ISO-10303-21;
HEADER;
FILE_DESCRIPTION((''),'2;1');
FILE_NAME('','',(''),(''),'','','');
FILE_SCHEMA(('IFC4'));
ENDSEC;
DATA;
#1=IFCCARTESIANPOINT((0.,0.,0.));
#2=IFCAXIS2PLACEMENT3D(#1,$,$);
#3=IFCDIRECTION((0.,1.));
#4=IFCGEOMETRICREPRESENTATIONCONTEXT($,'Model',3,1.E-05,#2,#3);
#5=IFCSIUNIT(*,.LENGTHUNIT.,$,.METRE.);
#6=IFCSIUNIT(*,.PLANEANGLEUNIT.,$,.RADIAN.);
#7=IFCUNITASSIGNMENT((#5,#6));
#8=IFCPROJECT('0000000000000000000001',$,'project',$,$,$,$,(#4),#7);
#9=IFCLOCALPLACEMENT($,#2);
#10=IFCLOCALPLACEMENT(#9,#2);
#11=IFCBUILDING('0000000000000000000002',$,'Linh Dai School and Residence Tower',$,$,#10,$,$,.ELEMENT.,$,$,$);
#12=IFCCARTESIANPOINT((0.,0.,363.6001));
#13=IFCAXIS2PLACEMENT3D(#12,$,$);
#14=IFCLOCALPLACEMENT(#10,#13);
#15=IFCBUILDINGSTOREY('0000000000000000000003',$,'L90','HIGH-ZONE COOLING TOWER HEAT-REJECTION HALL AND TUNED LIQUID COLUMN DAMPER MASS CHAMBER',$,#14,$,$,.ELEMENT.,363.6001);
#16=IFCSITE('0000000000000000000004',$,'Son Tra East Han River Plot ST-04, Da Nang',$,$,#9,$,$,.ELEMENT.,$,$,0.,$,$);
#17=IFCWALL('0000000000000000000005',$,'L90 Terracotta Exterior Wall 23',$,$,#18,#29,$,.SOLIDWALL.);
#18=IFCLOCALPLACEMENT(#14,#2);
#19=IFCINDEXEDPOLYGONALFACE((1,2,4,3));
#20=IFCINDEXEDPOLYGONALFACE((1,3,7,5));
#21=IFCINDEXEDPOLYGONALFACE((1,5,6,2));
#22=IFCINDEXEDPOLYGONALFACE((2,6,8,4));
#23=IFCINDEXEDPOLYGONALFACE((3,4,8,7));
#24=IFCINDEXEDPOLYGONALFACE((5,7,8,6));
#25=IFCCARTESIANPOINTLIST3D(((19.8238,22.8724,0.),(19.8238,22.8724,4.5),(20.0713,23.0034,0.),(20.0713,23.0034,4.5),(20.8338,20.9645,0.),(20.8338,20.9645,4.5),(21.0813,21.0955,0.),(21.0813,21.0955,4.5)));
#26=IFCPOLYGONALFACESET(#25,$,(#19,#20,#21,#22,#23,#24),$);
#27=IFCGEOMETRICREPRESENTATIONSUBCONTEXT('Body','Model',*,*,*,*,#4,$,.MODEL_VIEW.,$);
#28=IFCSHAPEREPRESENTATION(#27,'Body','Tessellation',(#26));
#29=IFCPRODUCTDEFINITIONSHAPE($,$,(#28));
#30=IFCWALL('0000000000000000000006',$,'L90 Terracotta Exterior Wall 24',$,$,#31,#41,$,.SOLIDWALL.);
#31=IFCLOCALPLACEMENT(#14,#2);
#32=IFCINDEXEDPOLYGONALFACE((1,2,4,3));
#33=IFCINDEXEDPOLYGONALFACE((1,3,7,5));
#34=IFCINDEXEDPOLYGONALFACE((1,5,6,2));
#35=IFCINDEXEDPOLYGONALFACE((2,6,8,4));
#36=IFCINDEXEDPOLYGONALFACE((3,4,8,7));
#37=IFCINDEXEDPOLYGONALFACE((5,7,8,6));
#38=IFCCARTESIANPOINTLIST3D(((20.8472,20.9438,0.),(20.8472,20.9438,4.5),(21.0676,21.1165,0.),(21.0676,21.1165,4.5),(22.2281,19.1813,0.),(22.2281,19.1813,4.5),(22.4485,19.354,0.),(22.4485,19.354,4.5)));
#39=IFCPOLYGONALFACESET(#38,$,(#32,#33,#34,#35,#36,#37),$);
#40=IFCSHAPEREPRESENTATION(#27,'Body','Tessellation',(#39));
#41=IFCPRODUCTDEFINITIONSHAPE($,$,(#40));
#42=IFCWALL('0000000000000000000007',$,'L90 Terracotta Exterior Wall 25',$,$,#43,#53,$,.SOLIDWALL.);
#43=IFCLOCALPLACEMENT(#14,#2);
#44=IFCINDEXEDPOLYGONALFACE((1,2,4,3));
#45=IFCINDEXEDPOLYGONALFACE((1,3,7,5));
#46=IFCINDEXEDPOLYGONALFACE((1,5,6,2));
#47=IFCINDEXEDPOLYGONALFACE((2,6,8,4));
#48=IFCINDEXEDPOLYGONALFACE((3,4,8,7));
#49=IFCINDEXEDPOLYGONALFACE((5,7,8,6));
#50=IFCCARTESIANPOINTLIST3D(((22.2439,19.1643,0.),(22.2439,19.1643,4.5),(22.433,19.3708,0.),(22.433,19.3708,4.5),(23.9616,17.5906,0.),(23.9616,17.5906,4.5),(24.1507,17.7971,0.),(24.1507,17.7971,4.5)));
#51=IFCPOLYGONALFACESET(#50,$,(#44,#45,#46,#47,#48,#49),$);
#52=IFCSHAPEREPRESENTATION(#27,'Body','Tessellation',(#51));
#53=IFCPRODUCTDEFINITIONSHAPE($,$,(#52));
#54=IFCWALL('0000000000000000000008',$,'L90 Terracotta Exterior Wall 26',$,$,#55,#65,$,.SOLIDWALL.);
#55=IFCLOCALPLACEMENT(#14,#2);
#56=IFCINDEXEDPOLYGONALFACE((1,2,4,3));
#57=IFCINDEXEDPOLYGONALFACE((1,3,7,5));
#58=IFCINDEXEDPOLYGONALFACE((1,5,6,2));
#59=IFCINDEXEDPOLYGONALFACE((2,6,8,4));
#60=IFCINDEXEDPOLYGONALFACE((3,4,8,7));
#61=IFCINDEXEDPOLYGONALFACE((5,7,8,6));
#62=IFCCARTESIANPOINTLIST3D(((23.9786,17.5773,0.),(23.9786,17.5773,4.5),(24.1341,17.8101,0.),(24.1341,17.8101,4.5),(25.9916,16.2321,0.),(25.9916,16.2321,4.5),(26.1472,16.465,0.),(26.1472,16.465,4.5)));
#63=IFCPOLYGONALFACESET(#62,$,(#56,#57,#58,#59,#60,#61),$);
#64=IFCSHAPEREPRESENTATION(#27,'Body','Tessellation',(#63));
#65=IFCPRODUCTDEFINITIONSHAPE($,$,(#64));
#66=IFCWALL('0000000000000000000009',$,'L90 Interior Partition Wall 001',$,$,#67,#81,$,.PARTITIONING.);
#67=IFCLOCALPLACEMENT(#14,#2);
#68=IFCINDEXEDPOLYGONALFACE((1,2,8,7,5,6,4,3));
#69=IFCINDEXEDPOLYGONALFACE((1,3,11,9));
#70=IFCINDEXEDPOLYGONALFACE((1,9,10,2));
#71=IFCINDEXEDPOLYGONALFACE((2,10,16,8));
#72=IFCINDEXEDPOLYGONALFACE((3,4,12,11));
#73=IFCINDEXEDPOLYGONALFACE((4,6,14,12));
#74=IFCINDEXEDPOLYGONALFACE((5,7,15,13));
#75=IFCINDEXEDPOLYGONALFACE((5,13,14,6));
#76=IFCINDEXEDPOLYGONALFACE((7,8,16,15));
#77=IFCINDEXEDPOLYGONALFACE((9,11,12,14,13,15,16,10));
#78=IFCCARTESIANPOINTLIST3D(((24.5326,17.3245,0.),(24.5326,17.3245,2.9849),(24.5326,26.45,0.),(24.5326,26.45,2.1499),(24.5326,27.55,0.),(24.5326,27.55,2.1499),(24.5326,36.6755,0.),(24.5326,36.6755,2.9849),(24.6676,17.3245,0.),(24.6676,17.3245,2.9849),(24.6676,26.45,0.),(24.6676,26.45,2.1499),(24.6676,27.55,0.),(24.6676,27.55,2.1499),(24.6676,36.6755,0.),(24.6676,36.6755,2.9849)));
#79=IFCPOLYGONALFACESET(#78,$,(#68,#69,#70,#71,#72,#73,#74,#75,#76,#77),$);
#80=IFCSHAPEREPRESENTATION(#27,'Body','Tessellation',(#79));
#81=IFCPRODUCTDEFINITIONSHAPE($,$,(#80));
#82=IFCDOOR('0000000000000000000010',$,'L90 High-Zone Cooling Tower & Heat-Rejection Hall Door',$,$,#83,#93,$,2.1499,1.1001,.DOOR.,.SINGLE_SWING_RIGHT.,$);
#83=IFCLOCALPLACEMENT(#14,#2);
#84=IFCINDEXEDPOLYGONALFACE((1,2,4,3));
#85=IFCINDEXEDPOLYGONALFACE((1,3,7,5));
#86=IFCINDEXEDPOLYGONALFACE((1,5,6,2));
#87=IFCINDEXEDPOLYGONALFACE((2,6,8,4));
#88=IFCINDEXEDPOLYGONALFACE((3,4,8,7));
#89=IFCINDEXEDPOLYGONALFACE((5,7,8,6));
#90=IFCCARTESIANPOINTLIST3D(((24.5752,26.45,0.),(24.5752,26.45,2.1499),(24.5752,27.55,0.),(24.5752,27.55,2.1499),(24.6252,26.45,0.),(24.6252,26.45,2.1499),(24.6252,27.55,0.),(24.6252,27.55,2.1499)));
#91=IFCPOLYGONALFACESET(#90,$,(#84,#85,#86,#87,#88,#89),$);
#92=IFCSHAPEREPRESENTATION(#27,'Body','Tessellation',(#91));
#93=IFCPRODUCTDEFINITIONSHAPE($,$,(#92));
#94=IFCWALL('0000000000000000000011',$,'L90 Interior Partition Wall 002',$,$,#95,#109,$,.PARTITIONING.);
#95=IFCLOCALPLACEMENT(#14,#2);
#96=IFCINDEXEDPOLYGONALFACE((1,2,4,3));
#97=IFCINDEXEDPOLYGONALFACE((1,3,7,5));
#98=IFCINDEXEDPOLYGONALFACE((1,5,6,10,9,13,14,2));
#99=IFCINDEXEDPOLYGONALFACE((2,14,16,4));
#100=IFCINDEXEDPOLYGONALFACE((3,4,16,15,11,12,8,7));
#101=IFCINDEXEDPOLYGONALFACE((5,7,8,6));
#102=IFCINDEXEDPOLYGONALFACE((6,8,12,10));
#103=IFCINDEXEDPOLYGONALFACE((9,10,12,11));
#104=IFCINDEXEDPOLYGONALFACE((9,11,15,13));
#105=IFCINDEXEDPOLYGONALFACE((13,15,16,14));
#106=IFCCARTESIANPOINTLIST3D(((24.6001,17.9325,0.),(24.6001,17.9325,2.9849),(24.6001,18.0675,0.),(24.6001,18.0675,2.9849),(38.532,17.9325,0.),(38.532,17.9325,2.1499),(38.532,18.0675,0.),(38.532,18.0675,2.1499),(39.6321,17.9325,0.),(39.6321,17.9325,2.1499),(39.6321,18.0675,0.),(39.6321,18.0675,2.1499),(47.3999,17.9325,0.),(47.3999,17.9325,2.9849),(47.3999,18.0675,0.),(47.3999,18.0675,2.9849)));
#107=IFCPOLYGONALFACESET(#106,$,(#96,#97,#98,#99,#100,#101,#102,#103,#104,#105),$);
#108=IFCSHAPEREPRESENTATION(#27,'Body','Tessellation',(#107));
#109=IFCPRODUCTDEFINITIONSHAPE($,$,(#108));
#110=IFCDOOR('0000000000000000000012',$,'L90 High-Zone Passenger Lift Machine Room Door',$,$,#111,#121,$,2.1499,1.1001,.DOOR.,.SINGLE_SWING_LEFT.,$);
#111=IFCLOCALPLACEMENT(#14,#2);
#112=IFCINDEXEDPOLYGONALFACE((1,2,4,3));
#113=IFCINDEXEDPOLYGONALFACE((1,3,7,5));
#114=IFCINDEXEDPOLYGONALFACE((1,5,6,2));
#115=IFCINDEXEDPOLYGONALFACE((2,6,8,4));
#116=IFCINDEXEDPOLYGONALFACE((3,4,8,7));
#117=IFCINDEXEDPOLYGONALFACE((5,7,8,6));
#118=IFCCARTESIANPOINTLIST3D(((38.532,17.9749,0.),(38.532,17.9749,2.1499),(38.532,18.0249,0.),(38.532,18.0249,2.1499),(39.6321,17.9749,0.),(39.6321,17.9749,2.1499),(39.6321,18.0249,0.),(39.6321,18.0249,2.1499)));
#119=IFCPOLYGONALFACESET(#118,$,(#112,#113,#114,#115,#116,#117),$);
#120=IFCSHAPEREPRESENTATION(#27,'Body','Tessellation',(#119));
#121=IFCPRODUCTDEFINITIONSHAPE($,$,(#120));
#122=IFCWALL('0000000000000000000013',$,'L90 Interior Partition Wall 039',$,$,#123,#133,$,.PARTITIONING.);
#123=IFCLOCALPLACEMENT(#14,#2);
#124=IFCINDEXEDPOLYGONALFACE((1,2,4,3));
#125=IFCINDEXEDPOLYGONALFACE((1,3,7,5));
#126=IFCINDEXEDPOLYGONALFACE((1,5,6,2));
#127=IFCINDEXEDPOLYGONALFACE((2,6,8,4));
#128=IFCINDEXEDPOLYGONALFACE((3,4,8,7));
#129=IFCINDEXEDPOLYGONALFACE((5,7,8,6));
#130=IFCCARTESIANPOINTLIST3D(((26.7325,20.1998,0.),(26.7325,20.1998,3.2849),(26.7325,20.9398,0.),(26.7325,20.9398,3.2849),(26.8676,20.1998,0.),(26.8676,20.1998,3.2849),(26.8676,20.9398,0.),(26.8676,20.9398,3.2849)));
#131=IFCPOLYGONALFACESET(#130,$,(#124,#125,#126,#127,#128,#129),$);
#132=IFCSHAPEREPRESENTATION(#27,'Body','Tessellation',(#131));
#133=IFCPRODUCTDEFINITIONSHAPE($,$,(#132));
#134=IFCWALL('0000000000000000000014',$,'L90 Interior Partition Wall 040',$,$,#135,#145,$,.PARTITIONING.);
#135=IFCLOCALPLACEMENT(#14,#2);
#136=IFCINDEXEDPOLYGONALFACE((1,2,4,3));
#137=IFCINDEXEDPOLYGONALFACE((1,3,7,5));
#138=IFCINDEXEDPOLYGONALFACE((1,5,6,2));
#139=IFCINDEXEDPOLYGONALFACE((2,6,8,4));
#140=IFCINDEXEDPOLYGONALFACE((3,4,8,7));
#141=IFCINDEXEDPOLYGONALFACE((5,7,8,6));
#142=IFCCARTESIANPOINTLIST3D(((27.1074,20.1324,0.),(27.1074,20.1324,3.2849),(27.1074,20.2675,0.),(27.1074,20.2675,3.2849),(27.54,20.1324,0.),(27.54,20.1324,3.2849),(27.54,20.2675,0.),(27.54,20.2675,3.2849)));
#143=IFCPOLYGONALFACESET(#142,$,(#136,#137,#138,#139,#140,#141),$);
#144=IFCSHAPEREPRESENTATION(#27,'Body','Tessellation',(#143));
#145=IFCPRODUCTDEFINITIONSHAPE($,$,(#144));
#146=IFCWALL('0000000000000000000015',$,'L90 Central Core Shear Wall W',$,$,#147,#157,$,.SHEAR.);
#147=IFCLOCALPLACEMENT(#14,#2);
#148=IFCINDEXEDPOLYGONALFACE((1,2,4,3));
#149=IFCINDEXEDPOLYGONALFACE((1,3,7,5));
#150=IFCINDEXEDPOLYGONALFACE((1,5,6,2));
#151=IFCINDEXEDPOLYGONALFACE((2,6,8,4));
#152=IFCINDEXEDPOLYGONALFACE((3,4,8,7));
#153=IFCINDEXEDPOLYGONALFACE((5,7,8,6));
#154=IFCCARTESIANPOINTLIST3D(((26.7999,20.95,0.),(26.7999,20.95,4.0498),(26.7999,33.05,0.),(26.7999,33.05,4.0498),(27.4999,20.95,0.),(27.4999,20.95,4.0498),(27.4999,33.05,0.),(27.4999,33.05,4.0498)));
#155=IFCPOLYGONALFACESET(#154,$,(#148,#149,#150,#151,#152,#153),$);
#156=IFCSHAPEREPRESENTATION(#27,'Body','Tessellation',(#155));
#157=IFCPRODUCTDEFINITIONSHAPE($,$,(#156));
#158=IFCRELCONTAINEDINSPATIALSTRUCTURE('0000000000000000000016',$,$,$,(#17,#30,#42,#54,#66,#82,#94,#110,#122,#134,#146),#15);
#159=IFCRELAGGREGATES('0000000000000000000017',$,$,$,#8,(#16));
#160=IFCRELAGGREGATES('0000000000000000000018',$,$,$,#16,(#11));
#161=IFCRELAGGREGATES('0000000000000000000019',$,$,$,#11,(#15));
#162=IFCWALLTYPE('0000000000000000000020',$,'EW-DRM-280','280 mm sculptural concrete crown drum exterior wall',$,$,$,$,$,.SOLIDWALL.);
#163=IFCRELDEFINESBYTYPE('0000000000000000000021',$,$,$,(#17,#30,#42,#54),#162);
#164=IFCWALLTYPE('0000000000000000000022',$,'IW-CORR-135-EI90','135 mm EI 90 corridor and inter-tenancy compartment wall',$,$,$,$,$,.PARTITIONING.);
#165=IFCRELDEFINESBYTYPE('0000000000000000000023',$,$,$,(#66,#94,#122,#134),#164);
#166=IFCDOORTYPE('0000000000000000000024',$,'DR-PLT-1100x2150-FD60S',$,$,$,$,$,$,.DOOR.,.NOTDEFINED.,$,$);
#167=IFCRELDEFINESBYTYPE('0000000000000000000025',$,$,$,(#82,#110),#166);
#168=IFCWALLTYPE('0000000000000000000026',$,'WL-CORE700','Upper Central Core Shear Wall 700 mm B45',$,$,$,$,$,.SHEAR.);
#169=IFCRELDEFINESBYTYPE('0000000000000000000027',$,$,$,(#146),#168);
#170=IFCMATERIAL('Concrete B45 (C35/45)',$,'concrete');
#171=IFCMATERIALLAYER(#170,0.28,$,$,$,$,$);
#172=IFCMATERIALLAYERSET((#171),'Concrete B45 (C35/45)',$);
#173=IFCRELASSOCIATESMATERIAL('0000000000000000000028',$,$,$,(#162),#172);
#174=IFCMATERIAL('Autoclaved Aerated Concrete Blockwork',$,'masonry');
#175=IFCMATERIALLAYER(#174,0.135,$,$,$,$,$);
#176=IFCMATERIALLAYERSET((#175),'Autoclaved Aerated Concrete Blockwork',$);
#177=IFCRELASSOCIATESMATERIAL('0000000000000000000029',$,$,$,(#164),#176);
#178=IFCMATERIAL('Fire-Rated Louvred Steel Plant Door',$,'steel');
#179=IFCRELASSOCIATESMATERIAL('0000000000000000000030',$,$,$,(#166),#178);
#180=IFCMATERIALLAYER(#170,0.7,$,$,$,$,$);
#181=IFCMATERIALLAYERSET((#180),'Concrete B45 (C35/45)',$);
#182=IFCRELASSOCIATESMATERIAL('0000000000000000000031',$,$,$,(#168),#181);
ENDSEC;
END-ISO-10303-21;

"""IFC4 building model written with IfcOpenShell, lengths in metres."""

from ifc_helpers import new_model, si_unit, direction, frame, frame_2d, origin, origin_2d, place, context, subcontext, project, spatial, rectangle, extrude, source, transform, mapped, material, layer, layer_set, type_object, element, fill, save


model = new_model("IFC4")

# Units and contexts
model_context = context("Model", 3, precision=1e-05, world=origin(), true_north=direction((0.0, 1.0)))
body_context = subcontext(model_context, "Body", "Model", "MODEL_VIEW")
ifc_project = project(units=[si_unit("LENGTHUNIT", "METRE"), si_unit("PLANEANGLEUNIT", "RADIAN")], contexts=[model_context])

# Site, building, storey
site_placement = place(None, origin())
site = spatial("IfcSite", under=ifc_project, at=site_placement, Name="Son Tra East Han River Plot ST-04, Da Nang", CompositionType="ELEMENT", RefElevation=0.0)
building_placement = place(site_placement, origin())
building = spatial("IfcBuilding", under=site, at=building_placement, Name="Linh Dai School and Residence Tower", CompositionType="ELEMENT")
storey_placement = place(building_placement, frame((0.0, 0.0, 363.6001)))
storey = spatial("IfcBuildingStorey", under=building, at=storey_placement, Name="L90", Description="HIGH-ZONE COOLING TOWER HEAT-REJECTION HALL AND TUNED LIQUID COLUMN DAMPER MASS CHAMBER", CompositionType="ELEMENT", Elevation=363.6001)

# Shared definitions
ifc_material_1 = material(Name="Concrete B45 (C35/45)", Category="concrete")

# Walls
ifc_layer_1 = layer(ifc_material_1, 0.28)
ifc_layer_set_1 = layer_set([ifc_layer_1], Name="Concrete B45 (C35/45)")
wall_type_1 = type_object("IfcWallType", Name="EW-DRM-280", Description="280 mm sculptural concrete crown drum exterior wall", PredefinedType="SOLIDWALL", material=ifc_layer_set_1)
wall_1_placement = place(storey_placement, frame((20.9575, 21.03, 0.0), z_axis=(0.0, 0.0, 1.0), x_axis=(-0.467857, 0.883804, 0.0)))
element("IfcWall", 1, at=wall_1_placement, inside=storey, type_object=wall_type_1, Name="L90 Terracotta Exterior Wall 23", PredefinedType="SOLIDWALL", context=body_context, shape_type="SweptSolid", body=[
    extrude(rectangle(XDim=2.1587, YDim=0.28, at=frame_2d((1.0793, 0.0))), origin(), (0.0, 0.0, 1.0), 4.5),
])
wall_2_placement = place(storey_placement, frame((22.3384, 19.2676, 0.0), z_axis=(0.0, 0.0, 1.0), x_axis=(-0.616737, 0.787169, 0.0)))
element("IfcWall", 2, at=wall_2_placement, inside=storey, type_object=wall_type_1, Name="L90 Terracotta Exterior Wall 24", PredefinedType="SOLIDWALL", context=body_context, shape_type="SweptSolid", body=[
    extrude(rectangle(XDim=2.239, YDim=0.28, at=frame_2d((1.1196, 0.0))), origin(), (0.0, 0.0, 1.0), 4.5),
])
wall_3_placement = place(storey_placement, frame((24.0562, 17.6938, 0.0), z_axis=(0.0, 0.0, 1.0), x_axis=(-0.737346, 0.675516, 0.0)))
element("IfcWall", 3, at=wall_3_placement, inside=storey, type_object=wall_type_1, Name="L90 Terracotta Exterior Wall 25", PredefinedType="SOLIDWALL", context=body_context, shape_type="SweptSolid", body=[
    extrude(rectangle(XDim=2.3296, YDim=0.28, at=frame_2d((1.1648, 0.0))), origin(), (0.0, 0.0, 1.0), 4.5),
])
wall_4_placement = place(storey_placement, frame((26.0693, 16.3486, 0.0), z_axis=(0.0, 0.0, 1.0), x_axis=(-0.83146, 0.555584, 0.0)))
element("IfcWall", 4, at=wall_4_placement, inside=storey, type_object=wall_type_1, Name="L90 Terracotta Exterior Wall 26", PredefinedType="SOLIDWALL", context=body_context, shape_type="SweptSolid", body=[
    extrude(rectangle(XDim=2.4211, YDim=0.28, at=frame_2d((1.2104, 0.0))), origin(), (0.0, 0.0, 1.0), 4.5),
])

# Walls, openings, doors
ifc_material_2 = material(Name="Autoclaved Aerated Concrete Blockwork", Category="masonry")
ifc_layer_2 = layer(ifc_material_2, 0.135)
ifc_layer_set_2 = layer_set([ifc_layer_2], Name="Autoclaved Aerated Concrete Blockwork")
wall_type_2 = type_object("IfcWallType", Name="IW-CORR-135-EI90", Description="135 mm EI 90 corridor and inter-tenancy compartment wall", PredefinedType="PARTITIONING", material=ifc_layer_set_2)
wall_5_placement = place(storey_placement, frame((24.6001, 17.3245, 0.0), z_axis=(0.0, 0.0, 1.0), x_axis=(0.0, 1.0, 0.0)))
wall_5 = element("IfcWall", 5, at=wall_5_placement, inside=storey, type_object=wall_type_2, Name="L90 Interior Partition Wall 001", PredefinedType="PARTITIONING", context=body_context, shape_type="SweptSolid", body=[
    extrude(rectangle(XDim=19.3511, YDim=0.135, at=frame_2d((9.6755, 0.0))), origin(), (0.0, 0.0, 1.0), 2.9849),
])
opening_1_placement = place(wall_5_placement, frame((9.1255, 0.0, 0.0)))
opening_1 = element("IfcOpeningElement", 6, at=opening_1_placement, cuts=wall_5, PredefinedType="OPENING", context=body_context, shape_type="SweptSolid", body=[
    extrude(rectangle(XDim=1.1001, YDim=2.1499, at=origin_2d()), frame((0.55, 0.0776, 1.075), z_axis=(0.0, -1.0, 0.0), x_axis=(1.0, 0.0, 0.0)), (0.0, 0.0, 1.0), 0.155),
])
ifc_material_3 = material(Name="Fire-Rated Louvred Steel Plant Door", Category="steel")
door_type = type_object("IfcDoorType", Name="DR-PLT-1100x2150-FD60S", OperationType="NOTDEFINED", PredefinedType="DOOR", material=ifc_material_3)
shared_shape_1 = source(origin(), body_context, "Body", "SweptSolid", [
    extrude(rectangle(XDim=1.1001, YDim=2.1499, at=origin_2d()), frame((0.55, 0.0249, 1.075), z_axis=(0.0, -1.0, 0.0), x_axis=(1.0, 0.0, 0.0)), (0.0, 0.0, 1.0), 0.05),
])
door_1_placement = place(opening_1_placement, origin())
door_1 = element("IfcDoor", 7, at=door_1_placement, inside=storey, type_object=door_type, Name="L90 High-Zone Cooling Tower & Heat-Rejection Hall Door", OperationType="SINGLE_SWING_RIGHT", OverallHeight=2.1499, OverallWidth=1.1001, PredefinedType="DOOR", context=body_context, shape_type="MappedRepresentation", body=[
    mapped(shared_shape_1, transform((0.0, 0.0, 0.0), x_axis=(1.0, 0.0, 0.0), y_axis=(0.0, 1.0, 0.0), z_axis=(0.0, 0.0, 1.0), scale=1.0)),
])
fill(opening_1, door_1)
wall_6_placement = place(storey_placement, frame((24.6001, 18.0, 0.0), z_axis=(0.0, 0.0, 1.0), x_axis=(1.0, 0.0, 0.0)))
wall_6 = element("IfcWall", 8, at=wall_6_placement, inside=storey, type_object=wall_type_2, Name="L90 Interior Partition Wall 002", PredefinedType="PARTITIONING", context=body_context, shape_type="SweptSolid", body=[
    extrude(rectangle(XDim=22.7998, YDim=0.135, at=frame_2d((11.3999, 0.0))), origin(), (0.0, 0.0, 1.0), 2.9849),
])
opening_2_placement = place(wall_6_placement, frame((13.9319, 0.0, 0.0)))
opening_2 = element("IfcOpeningElement", 9, at=opening_2_placement, cuts=wall_6, PredefinedType="OPENING", context=body_context, shape_type="SweptSolid", body=[
    extrude(rectangle(XDim=1.1001, YDim=2.1499, at=origin_2d()), frame((0.55, 0.0776, 1.075), z_axis=(0.0, -1.0, 0.0), x_axis=(1.0, 0.0, 0.0)), (0.0, 0.0, 1.0), 0.155),
])
door_2_placement = place(opening_2_placement, origin())
door_2 = element("IfcDoor", 10, at=door_2_placement, inside=storey, type_object=door_type, Name="L90 High-Zone Passenger Lift Machine Room Door", OperationType="SINGLE_SWING_LEFT", OverallHeight=2.1499, OverallWidth=1.1001, PredefinedType="DOOR", context=body_context, shape_type="MappedRepresentation", body=[
    mapped(shared_shape_1, transform((0.0, 0.0, 0.0), x_axis=(1.0, 0.0, 0.0), y_axis=(0.0, 1.0, 0.0), z_axis=(0.0, 0.0, 1.0), scale=1.0)),
])
fill(opening_2, door_2)

# Walls
wall_7_placement = place(storey_placement, frame((26.8, 20.9399, 0.0), z_axis=(0.0, 0.0, 1.0), x_axis=(0.0, -1.0, 0.0)))
element("IfcWall", 11, at=wall_7_placement, inside=storey, type_object=wall_type_2, Name="L90 Interior Partition Wall 039", PredefinedType="PARTITIONING", context=body_context, shape_type="SweptSolid", body=[
    extrude(rectangle(XDim=0.74, YDim=0.135, at=frame_2d((0.3701, 0.0))), origin(), (0.0, 0.0, 1.0), 3.2849),
])
wall_8_placement = place(storey_placement, frame((27.1074, 20.2, 0.0), z_axis=(0.0, 0.0, 1.0), x_axis=(1.0, 0.0, 0.0)))
element("IfcWall", 12, at=wall_8_placement, inside=storey, type_object=wall_type_2, Name="L90 Interior Partition Wall 040", PredefinedType="PARTITIONING", context=body_context, shape_type="SweptSolid", body=[
    extrude(rectangle(XDim=0.4326, YDim=0.135, at=frame_2d((0.2163, 0.0))), origin(), (0.0, 0.0, 1.0), 3.2849),
])
ifc_layer_3 = layer(ifc_material_1, 0.7)
ifc_layer_set_3 = layer_set([ifc_layer_3], Name="Concrete B45 (C35/45)")
wall_type_3 = type_object("IfcWallType", Name="WL-CORE700", Description="Upper Central Core Shear Wall 700 mm B45", PredefinedType="SHEAR", material=ifc_layer_set_3)
wall_9_placement = place(storey_placement, frame((27.1499, 20.95, 0.0), z_axis=(0.0, 0.0, 1.0), x_axis=(0.0, 1.0, 0.0)))
element("IfcWall", 13, at=wall_9_placement, inside=storey, type_object=wall_type_3, Name="L90 Central Core Shear Wall W", PredefinedType="SHEAR", context=body_context, shape_type="SweptSolid", body=[
    extrude(rectangle(XDim=12.1001, YDim=0.7, at=frame_2d((6.05, 0.0))), origin(), (0.0, 0.0, 1.0), 4.0498),
])

save(model, "model.ifc")
